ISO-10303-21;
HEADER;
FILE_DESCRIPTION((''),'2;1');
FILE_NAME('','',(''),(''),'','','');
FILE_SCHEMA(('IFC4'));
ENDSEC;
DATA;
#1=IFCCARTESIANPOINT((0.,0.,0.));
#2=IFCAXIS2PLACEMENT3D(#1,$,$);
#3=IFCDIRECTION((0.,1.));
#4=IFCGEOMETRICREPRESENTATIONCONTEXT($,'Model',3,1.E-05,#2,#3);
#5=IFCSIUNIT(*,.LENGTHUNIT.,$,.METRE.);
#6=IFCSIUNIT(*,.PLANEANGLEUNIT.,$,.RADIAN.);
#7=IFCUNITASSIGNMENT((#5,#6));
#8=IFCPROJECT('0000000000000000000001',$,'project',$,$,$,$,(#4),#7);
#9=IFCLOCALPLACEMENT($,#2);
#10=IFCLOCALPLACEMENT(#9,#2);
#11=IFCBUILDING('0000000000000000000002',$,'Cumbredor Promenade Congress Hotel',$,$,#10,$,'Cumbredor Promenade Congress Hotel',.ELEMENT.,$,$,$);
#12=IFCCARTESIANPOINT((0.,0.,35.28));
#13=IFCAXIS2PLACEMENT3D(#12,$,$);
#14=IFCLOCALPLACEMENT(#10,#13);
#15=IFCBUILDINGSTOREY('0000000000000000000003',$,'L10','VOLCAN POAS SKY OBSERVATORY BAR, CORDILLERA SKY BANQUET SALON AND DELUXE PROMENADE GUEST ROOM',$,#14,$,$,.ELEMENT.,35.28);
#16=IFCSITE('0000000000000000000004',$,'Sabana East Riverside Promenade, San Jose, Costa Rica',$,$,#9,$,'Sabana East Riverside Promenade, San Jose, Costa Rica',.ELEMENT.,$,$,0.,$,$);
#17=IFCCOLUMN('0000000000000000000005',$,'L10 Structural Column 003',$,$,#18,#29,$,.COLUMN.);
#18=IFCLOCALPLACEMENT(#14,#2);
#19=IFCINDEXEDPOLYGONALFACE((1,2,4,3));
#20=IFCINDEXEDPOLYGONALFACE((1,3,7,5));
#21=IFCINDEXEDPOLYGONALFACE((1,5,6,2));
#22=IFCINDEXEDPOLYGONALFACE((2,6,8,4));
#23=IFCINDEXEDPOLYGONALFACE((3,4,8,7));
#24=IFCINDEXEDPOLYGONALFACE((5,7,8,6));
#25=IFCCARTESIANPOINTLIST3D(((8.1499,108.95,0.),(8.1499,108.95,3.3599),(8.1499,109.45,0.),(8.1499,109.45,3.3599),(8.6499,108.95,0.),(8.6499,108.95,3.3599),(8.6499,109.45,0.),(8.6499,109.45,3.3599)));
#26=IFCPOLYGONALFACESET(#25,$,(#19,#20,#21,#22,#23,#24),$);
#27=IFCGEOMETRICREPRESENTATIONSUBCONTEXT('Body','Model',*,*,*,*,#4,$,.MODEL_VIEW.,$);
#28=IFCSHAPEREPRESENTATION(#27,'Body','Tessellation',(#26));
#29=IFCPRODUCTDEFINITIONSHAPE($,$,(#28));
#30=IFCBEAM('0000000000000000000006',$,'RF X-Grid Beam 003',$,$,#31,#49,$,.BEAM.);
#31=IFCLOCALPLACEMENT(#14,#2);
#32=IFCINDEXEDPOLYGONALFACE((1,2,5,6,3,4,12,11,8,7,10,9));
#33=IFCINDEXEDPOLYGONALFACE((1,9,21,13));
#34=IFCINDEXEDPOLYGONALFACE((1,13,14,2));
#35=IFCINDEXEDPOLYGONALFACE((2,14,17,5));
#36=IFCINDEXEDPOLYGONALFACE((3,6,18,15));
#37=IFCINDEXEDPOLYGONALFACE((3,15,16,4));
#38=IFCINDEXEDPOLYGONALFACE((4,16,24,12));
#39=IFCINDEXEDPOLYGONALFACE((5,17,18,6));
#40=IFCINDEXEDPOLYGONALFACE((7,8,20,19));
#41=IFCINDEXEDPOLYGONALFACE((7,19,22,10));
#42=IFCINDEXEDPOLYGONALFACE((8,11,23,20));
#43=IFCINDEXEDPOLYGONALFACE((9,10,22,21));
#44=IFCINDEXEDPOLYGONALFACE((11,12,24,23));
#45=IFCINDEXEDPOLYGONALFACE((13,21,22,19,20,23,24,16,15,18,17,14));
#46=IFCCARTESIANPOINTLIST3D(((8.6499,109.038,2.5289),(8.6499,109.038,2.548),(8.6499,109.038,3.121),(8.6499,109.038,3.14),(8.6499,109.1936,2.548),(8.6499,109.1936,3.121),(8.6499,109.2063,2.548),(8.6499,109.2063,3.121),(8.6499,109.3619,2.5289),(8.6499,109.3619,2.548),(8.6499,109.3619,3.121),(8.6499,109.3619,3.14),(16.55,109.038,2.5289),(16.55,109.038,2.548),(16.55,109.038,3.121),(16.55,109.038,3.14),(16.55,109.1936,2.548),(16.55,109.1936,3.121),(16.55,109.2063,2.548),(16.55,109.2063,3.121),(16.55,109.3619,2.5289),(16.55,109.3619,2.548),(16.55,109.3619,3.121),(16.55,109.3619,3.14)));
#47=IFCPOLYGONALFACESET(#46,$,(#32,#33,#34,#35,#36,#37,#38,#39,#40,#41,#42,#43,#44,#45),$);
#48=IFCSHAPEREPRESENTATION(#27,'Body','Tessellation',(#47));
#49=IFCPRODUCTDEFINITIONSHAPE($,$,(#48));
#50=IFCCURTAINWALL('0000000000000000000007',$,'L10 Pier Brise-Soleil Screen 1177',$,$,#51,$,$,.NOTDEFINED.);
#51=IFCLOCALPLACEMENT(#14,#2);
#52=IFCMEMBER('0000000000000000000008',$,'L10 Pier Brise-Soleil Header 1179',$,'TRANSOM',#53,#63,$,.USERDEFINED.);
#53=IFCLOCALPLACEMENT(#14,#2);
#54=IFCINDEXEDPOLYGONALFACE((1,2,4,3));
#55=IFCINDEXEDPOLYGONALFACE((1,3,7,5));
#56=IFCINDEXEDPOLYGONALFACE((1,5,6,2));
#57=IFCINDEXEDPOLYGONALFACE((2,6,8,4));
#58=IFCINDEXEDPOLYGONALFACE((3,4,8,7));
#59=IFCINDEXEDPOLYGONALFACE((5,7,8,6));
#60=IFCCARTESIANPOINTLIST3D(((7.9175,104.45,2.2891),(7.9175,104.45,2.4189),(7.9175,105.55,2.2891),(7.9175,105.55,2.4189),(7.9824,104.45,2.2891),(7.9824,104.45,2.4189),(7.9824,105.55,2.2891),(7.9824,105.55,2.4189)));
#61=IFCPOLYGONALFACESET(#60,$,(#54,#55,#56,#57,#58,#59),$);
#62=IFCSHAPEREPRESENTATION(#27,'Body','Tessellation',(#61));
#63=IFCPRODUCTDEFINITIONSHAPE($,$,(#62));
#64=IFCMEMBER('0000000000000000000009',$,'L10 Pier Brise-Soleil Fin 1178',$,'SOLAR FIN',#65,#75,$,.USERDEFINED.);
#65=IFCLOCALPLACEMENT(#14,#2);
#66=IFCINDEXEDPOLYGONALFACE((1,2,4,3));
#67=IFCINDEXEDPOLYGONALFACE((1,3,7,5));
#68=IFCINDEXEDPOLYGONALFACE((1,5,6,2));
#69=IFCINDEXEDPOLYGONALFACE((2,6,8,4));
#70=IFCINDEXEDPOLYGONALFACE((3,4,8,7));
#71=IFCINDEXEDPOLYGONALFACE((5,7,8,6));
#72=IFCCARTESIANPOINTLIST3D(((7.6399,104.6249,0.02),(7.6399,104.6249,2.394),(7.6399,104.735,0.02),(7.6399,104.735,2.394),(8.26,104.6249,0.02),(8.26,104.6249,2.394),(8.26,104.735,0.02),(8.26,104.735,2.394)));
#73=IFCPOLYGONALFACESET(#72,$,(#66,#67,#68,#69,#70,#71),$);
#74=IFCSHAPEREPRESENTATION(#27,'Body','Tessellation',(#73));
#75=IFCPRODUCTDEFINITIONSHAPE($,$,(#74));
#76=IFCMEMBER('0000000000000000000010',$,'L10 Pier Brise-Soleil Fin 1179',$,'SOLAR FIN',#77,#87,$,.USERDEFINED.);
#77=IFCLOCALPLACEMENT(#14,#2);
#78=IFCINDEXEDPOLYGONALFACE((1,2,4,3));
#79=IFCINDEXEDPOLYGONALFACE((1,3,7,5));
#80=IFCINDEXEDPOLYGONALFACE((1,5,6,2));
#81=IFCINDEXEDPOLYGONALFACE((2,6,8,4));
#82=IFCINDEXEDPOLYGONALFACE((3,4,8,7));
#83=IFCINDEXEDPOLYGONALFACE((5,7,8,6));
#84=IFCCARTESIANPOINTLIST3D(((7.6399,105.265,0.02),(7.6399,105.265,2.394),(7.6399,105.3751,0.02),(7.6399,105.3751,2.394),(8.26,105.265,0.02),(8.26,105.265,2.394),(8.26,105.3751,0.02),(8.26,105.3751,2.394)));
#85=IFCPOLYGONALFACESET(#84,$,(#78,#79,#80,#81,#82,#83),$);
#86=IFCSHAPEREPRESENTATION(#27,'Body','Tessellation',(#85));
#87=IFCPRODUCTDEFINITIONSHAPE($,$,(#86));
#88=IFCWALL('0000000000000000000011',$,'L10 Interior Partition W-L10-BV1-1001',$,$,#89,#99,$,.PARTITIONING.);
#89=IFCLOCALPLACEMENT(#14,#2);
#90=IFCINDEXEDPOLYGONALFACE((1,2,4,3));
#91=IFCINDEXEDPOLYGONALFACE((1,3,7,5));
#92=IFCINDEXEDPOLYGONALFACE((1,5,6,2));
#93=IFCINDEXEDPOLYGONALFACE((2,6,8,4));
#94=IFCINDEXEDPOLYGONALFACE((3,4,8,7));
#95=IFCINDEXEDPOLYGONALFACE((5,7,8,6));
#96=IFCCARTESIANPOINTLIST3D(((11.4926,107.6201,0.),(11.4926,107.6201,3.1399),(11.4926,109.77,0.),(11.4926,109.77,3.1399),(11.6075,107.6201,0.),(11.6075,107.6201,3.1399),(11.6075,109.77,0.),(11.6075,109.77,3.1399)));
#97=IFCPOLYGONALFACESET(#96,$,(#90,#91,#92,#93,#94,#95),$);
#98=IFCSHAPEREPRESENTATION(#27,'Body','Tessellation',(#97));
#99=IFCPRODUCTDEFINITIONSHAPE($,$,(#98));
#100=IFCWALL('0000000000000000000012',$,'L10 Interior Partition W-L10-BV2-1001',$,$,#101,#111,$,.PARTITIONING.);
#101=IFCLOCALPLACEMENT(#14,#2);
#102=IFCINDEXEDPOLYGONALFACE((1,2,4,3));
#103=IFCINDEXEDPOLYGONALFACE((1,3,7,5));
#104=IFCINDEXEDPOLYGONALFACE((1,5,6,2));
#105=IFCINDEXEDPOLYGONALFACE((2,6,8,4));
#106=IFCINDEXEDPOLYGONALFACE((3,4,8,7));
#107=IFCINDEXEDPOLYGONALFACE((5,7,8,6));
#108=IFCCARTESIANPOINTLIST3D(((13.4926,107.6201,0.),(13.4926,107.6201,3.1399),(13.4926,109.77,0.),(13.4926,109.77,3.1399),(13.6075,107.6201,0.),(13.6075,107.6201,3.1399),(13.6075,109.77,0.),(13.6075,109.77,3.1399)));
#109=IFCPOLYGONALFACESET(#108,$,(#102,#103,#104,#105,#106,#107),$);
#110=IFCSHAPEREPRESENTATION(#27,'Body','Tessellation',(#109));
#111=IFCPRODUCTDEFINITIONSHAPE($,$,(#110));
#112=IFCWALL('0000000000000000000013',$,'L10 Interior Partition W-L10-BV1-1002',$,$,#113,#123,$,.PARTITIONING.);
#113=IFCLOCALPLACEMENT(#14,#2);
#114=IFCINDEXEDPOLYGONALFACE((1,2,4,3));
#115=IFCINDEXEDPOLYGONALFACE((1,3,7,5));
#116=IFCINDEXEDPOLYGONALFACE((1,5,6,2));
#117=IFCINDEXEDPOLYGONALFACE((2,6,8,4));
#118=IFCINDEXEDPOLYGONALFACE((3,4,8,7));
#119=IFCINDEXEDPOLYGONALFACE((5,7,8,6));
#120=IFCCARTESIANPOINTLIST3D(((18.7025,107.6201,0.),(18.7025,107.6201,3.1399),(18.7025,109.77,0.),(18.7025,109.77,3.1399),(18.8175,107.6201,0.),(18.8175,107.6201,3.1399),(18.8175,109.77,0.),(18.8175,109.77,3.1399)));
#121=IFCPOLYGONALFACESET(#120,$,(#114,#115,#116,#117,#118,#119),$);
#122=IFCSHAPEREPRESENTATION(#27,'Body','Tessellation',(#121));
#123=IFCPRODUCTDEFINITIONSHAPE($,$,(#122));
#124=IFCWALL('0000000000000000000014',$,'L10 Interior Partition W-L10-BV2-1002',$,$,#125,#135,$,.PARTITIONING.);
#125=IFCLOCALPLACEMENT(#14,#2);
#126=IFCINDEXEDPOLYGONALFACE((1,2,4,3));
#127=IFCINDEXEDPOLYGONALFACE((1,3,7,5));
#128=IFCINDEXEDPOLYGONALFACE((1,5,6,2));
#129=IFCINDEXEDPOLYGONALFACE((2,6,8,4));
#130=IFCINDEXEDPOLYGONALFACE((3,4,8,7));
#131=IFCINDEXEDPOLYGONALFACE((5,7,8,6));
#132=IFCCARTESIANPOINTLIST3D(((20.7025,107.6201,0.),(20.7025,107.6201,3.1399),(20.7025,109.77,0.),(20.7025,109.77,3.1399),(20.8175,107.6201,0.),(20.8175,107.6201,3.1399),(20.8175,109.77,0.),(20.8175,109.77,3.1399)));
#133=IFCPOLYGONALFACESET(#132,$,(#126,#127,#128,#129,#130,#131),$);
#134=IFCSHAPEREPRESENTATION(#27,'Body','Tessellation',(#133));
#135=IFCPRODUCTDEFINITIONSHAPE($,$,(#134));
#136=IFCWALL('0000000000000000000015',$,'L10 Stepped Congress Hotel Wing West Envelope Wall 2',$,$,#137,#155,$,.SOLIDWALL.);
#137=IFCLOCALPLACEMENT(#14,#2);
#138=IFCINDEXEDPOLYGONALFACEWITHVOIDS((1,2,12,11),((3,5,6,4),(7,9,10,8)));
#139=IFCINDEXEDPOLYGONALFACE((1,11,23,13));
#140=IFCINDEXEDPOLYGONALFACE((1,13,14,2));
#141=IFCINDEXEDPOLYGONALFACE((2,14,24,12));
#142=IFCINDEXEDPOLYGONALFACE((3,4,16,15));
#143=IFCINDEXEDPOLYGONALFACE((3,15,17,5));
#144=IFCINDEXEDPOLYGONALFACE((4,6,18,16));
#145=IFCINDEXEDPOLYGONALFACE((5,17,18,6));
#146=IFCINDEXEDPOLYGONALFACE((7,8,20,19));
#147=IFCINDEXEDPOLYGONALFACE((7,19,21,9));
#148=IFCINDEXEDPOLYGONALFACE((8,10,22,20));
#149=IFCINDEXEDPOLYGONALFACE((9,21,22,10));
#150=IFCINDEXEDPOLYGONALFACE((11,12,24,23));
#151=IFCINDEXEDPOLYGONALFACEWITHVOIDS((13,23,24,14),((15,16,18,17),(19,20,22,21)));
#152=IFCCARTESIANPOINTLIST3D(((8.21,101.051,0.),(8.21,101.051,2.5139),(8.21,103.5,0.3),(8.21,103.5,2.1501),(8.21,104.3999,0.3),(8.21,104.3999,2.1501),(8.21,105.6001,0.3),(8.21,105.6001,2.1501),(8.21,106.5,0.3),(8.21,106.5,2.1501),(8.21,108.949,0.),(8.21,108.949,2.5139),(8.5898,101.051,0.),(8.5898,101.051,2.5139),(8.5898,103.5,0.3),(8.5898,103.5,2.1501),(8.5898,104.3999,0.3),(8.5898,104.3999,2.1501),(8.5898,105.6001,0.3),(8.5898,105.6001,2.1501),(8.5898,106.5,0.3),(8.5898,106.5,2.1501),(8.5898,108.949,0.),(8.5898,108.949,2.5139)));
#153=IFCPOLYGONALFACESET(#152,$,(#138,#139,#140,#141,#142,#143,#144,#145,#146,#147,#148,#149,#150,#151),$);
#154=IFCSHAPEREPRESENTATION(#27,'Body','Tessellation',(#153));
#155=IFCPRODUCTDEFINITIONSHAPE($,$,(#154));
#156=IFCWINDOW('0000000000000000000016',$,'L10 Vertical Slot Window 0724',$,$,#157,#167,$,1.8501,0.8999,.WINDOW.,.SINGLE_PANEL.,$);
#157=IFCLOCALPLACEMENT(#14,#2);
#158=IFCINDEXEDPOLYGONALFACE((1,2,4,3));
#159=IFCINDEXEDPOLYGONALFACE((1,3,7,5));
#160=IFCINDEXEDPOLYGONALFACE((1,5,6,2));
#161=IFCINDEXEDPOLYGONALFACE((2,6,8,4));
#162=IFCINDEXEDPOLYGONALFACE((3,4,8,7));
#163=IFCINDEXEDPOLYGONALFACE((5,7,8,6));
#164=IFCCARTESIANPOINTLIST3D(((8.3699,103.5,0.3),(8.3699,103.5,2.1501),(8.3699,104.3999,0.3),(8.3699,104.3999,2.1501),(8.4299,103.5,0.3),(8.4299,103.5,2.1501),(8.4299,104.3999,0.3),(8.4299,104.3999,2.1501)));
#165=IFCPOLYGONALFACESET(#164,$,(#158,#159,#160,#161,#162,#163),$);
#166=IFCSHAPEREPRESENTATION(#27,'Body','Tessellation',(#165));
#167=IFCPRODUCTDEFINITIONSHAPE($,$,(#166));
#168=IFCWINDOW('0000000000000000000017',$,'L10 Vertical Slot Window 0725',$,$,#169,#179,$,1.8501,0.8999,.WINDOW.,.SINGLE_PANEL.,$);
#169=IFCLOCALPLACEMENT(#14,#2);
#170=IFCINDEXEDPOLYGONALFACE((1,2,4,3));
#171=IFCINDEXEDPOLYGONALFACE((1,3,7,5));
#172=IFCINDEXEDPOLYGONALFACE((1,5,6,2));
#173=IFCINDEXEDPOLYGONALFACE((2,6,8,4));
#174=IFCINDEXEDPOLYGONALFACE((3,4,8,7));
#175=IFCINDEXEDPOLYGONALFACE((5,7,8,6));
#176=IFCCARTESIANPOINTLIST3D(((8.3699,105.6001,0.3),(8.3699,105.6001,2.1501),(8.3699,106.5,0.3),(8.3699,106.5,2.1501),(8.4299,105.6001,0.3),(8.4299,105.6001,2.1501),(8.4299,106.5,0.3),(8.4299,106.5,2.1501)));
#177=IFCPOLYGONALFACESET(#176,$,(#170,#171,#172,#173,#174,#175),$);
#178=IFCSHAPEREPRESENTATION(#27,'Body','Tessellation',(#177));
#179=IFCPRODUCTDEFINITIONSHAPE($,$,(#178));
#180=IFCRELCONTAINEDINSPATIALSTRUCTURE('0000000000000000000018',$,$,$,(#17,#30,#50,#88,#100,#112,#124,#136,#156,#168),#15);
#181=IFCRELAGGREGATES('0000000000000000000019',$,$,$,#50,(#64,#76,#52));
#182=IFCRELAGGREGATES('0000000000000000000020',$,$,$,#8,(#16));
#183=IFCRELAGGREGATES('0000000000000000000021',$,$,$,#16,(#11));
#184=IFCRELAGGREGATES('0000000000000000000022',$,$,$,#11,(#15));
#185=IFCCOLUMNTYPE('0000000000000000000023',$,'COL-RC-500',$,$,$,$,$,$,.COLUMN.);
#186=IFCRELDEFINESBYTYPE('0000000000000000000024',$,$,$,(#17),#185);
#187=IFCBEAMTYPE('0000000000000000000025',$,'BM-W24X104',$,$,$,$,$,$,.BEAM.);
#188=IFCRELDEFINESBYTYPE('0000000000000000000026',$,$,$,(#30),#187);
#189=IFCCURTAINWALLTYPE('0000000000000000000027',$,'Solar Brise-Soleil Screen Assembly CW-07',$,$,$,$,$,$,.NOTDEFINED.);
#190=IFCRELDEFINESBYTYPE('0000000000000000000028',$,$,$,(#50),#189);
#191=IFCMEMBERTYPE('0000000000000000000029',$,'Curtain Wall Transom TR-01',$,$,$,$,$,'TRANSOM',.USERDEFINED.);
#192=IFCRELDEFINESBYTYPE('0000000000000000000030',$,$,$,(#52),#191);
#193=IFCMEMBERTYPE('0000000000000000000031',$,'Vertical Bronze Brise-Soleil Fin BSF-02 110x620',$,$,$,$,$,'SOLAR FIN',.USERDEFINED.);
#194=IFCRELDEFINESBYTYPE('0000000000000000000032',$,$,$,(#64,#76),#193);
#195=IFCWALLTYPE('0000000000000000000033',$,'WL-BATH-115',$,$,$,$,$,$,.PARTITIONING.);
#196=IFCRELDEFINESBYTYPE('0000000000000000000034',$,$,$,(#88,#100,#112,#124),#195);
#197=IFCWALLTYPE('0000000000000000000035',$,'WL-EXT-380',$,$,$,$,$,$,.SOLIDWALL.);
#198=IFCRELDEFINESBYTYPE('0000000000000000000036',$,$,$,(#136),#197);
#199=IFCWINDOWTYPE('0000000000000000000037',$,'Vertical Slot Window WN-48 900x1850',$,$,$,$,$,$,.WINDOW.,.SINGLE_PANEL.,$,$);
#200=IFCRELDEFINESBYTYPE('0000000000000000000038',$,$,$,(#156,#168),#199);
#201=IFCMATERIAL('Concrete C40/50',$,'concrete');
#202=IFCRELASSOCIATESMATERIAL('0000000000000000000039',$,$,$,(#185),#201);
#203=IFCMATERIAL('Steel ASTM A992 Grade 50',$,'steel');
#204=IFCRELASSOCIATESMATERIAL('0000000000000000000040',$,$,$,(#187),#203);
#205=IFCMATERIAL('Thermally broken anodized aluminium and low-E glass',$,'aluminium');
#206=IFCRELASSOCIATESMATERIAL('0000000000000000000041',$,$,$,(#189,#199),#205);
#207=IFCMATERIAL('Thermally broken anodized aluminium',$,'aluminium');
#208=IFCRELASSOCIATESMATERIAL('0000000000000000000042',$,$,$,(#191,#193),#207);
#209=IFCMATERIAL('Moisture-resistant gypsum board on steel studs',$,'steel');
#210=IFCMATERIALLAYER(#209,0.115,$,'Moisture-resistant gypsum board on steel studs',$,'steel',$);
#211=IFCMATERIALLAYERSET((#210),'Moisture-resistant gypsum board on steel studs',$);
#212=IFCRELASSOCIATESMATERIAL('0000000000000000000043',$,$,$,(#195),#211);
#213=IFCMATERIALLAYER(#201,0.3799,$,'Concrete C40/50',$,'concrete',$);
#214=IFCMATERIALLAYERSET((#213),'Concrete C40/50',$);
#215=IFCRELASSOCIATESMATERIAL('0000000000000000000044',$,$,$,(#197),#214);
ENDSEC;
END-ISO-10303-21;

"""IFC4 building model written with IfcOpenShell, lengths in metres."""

from ifc_helpers import new_model, si_unit, direction, frame, frame_2d, origin, origin_2d, place, context, subcontext, project, spatial, rectangle, i_section, extrude, material, layer, layer_set, material_profile, profile_set, type_object, element, fill, aggregate, save


model = new_model("IFC4")

# Units and contexts
model_context = context("Model", 3, precision=1e-05, world=origin(), true_north=direction((0.0, 1.0)))
body_context = subcontext(model_context, "Body", "Model", "MODEL_VIEW")
ifc_project = project(units=[si_unit("LENGTHUNIT", "METRE"), si_unit("PLANEANGLEUNIT", "RADIAN")], contexts=[model_context])

# Site, building, storey
site_placement = place(None, origin())
site = spatial("IfcSite", under=ifc_project, at=site_placement, Name="Sabana East Riverside Promenade, San Jose, Costa Rica", LongName="Sabana East Riverside Promenade, San Jose, Costa Rica", CompositionType="ELEMENT", RefElevation=0.0)
building_placement = place(site_placement, origin())
building = spatial("IfcBuilding", under=site, at=building_placement, Name="Cumbredor Promenade Congress Hotel", LongName="Cumbredor Promenade Congress Hotel", CompositionType="ELEMENT")
storey_placement = place(building_placement, frame((0.0, 0.0, 35.28)))
storey = spatial("IfcBuildingStorey", under=building, at=storey_placement, Name="L10", Description="VOLCAN POAS SKY OBSERVATORY BAR, CORDILLERA SKY BANQUET SALON AND DELUXE PROMENADE GUEST ROOM", CompositionType="ELEMENT", Elevation=35.28)

# Column
ifc_material_1 = material(Name="Concrete C40/50", Category="concrete")
ifc_material_profile_1 = material_profile(ifc_material_1, rectangle(XDim=0.5, YDim=0.5, at=origin_2d()), Name="RC 500x500")
ifc_profile_set_1 = profile_set([ifc_material_profile_1], Name="Concrete C40/50")
column_type = type_object("IfcColumnType", Name="COL-RC-500", PredefinedType="COLUMN", material=ifc_profile_set_1)
column_placement = place(storey_placement, frame((8.3999, 109.2, 0.0), z_axis=(0.0, 0.0, 1.0), x_axis=(1.0, 0.0, 0.0)))
element("IfcColumn", 1, at=column_placement, inside=storey, type_object=column_type, Name="L10 Structural Column 003", PredefinedType="COLUMN", context=body_context, shape_type="SweptSolid", body=[
    extrude(rectangle(XDim=0.5, YDim=0.5, at=origin_2d()), origin(), (0.0, 0.0, 1.0), 3.3599),
])

# Beam
ifc_material_2 = material(Name="Steel ASTM A992 Grade 50", Category="steel")
ifc_material_profile_2 = material_profile(ifc_material_2, i_section(OverallWidth=0.324, OverallDepth=0.6111, WebThickness=0.0127, FlangeThickness=0.019, at=origin_2d()), Name="W24X104")
ifc_profile_set_2 = profile_set([ifc_material_profile_2], Name="Steel ASTM A992 Grade 50")
beam_type = type_object("IfcBeamType", Name="BM-W24X104", PredefinedType="BEAM", material=ifc_profile_set_2)
beam_placement = place(storey_placement, frame((8.6499, 109.2, 2.8345), z_axis=(1.0, 0.0, 0.0), x_axis=(0.0, 1.0, 0.0)))
element("IfcBeam", 2, at=beam_placement, inside=storey, type_object=beam_type, Name="RF X-Grid Beam 003", PredefinedType="BEAM", context=body_context, shape_type="SweptSolid", body=[
    extrude(i_section(OverallWidth=0.324, OverallDepth=0.6111, WebThickness=0.0127, FlangeThickness=0.019, at=origin_2d()), origin(), (0.0, 0.0, 1.0), 7.9001),
])

# Curtain wall, members
ifc_material_3 = material(Name="Thermally broken anodized aluminium and low-E glass", Category="aluminium")
curtain_wall_type = type_object("IfcCurtainWallType", Name="Solar Brise-Soleil Screen Assembly CW-07", PredefinedType="NOTDEFINED", material=ifc_material_3)
curtain_wall_placement = place(storey_placement, origin())
curtain_wall = element("IfcCurtainWall", 3, at=curtain_wall_placement, inside=storey, type_object=curtain_wall_type, Name="L10 Pier Brise-Soleil Screen 1177", PredefinedType="NOTDEFINED")
ifc_material_4 = material(Name="Thermally broken anodized aluminium", Category="aluminium")
ifc_material_profile_3 = material_profile(ifc_material_4, rectangle(XDim=0.0649, YDim=0.1299, at=origin_2d()), Name="ALU TRANSOM 65x130")
ifc_profile_set_3 = profile_set([ifc_material_profile_3], Name="Thermally broken anodized aluminium")
member_type_1 = type_object("IfcMemberType", Name="Curtain Wall Transom TR-01", ElementType="TRANSOM", PredefinedType="USERDEFINED", material=ifc_profile_set_3)
member_1_placement = place(storey_placement, frame((7.95, 104.45, 2.354), z_axis=(0.0, 1.0, 0.0), x_axis=(-1.0, 0.0, 0.0)))
member_1 = element("IfcMember", 4, at=member_1_placement, type_object=member_type_1, Name="L10 Pier Brise-Soleil Header 1179", ObjectType="TRANSOM", PredefinedType="USERDEFINED", context=body_context, shape_type="SweptSolid", body=[
    extrude(rectangle(XDim=0.0649, YDim=0.1299, at=origin_2d()), origin(), (0.0, 0.0, 1.0), 1.1001),
])
ifc_material_profile_4 = material_profile(ifc_material_4, rectangle(XDim=0.1101, YDim=0.6201, at=origin_2d()), Name="ARCH FIN 110x620")
ifc_profile_set_4 = profile_set([ifc_material_profile_4], Name="Thermally broken anodized aluminium")
member_type_2 = type_object("IfcMemberType", Name="Vertical Bronze Brise-Soleil Fin BSF-02 110x620", ElementType="SOLAR FIN", PredefinedType="USERDEFINED", material=ifc_profile_set_4)
member_2_placement = place(storey_placement, frame((7.95, 104.6799, 0.02), z_axis=(0.0, 0.0, 1.0), x_axis=(0.0, 1.0, 0.0)))
member_2 = element("IfcMember", 5, at=member_2_placement, type_object=member_type_2, Name="L10 Pier Brise-Soleil Fin 1178", ObjectType="SOLAR FIN", PredefinedType="USERDEFINED", context=body_context, shape_type="SweptSolid", body=[
    extrude(rectangle(XDim=0.1101, YDim=0.6201, at=origin_2d()), origin(), (0.0, 0.0, 1.0), 2.374),
])
member_3_placement = place(storey_placement, frame((7.95, 105.3201, 0.02), z_axis=(0.0, 0.0, 1.0), x_axis=(0.0, 1.0, 0.0)))
member_3 = element("IfcMember", 6, at=member_3_placement, type_object=member_type_2, Name="L10 Pier Brise-Soleil Fin 1179", ObjectType="SOLAR FIN", PredefinedType="USERDEFINED", context=body_context, shape_type="SweptSolid", body=[
    extrude(rectangle(XDim=0.1101, YDim=0.6201, at=origin_2d()), origin(), (0.0, 0.0, 1.0), 2.374),
])
aggregate(curtain_wall, [member_2, member_3, member_1])

# Walls
ifc_material_5 = material(Name="Moisture-resistant gypsum board on steel studs", Category="steel")
ifc_layer_1 = layer(ifc_material_5, 0.115, Name="Moisture-resistant gypsum board on steel studs", Category="steel")
ifc_layer_set_1 = layer_set([ifc_layer_1], Name="Moisture-resistant gypsum board on steel studs")
wall_type_1 = type_object("IfcWallType", Name="WL-BATH-115", PredefinedType="PARTITIONING", material=ifc_layer_set_1)
for number, where, z_axis, x_axis, name in (
    (7, (11.55, 107.6201, 0.0), (0.0, 0.0, 1.0), (0.0, 1.0, 0.0), "L10 Interior Partition W-L10-BV1-1001"),
    (8, (13.55, 107.6201, 0.0), (0.0, 0.0, 1.0), (0.0, 1.0, 0.0), "L10 Interior Partition W-L10-BV2-1001"),
    (9, (18.76, 107.6201, 0.0), (0.0, 0.0, 1.0), (0.0, 1.0, 0.0), "L10 Interior Partition W-L10-BV1-1002"),
    (10, (20.76, 107.6201, 0.0), (0.0, 0.0, 1.0), (0.0, 1.0, 0.0), "L10 Interior Partition W-L10-BV2-1002"),
):
    element("IfcWall", number, at=place(storey_placement, frame(where, z_axis=z_axis, x_axis=x_axis)), inside=storey, type_object=wall_type_1, Name=name, PredefinedType="PARTITIONING", context=body_context, shape_type="SweptSolid", body=[
        extrude(rectangle(XDim=2.1499, YDim=0.115, at=frame_2d((1.075, 0.0))), origin(), (0.0, 0.0, 1.0), 3.1399),
    ])

# Wall, openings, windows
ifc_layer_2 = layer(ifc_material_1, 0.3799, Name="Concrete C40/50", Category="concrete")
ifc_layer_set_2 = layer_set([ifc_layer_2], Name="Concrete C40/50")
wall_type_2 = type_object("IfcWallType", Name="WL-EXT-380", PredefinedType="SOLIDWALL", material=ifc_layer_set_2)
wall_1_placement = place(storey_placement, frame((8.3999, 101.051, 0.0), z_axis=(0.0, 0.0, 1.0), x_axis=(0.0, 1.0, 0.0)))
wall_1 = element("IfcWall", 11, at=wall_1_placement, inside=storey, type_object=wall_type_2, Name="L10 Stepped Congress Hotel Wing West Envelope Wall 2", PredefinedType="SOLIDWALL", context=body_context, shape_type="SweptSolid", body=[
    extrude(rectangle(XDim=7.8979, YDim=0.3799, at=frame_2d((3.949, 0.0))), origin(), (0.0, 0.0, 1.0), 2.5139),
])
opening_1_placement = place(wall_1_placement, frame((2.449, 0.0, 0.3)))
opening_1 = element("IfcOpeningElement", 12, at=opening_1_placement, cuts=wall_1, PredefinedType="OPENING", context=body_context, shape_type="SweptSolid", body=[
    extrude(rectangle(XDim=0.8999, YDim=1.8501, at=frame_2d((0.45, 0.925))), frame((0.0, 0.2, 0.0), z_axis=(0.0, -1.0, 0.0), x_axis=(1.0, 0.0, 0.0)), (0.0, 0.0, 1.0), 0.3999),
])
opening_2_placement = place(wall_1_placement, frame((4.5491, 0.0, 0.3)))
opening_2 = element("IfcOpeningElement", 13, at=opening_2_placement, cuts=wall_1, PredefinedType="OPENING", context=body_context, shape_type="SweptSolid", body=[
    extrude(rectangle(XDim=0.8999, YDim=1.8501, at=frame_2d((0.45, 0.925))), frame((0.0, 0.2, 0.0), z_axis=(0.0, -1.0, 0.0), x_axis=(1.0, 0.0, 0.0)), (0.0, 0.0, 1.0), 0.3999),
])
window_type = type_object("IfcWindowType", Name="Vertical Slot Window WN-48 900x1850", PartitioningType="SINGLE_PANEL", PredefinedType="WINDOW", material=ifc_material_3)
window_1_placement = place(opening_1_placement, origin())
window_1 = element("IfcWindow", 14, at=window_1_placement, inside=storey, type_object=window_type, Name="L10 Vertical Slot Window 0724", OverallHeight=1.8501, OverallWidth=0.8999, PartitioningType="SINGLE_PANEL", PredefinedType="WINDOW", context=body_context, shape_type="SweptSolid", body=[
    extrude(rectangle(XDim=0.8999, YDim=1.8501, at=frame_2d((0.45, 0.925))), frame((0.0, 0.03, 0.0), z_axis=(0.0, -1.0, 0.0), x_axis=(1.0, 0.0, 0.0)), (0.0, 0.0, 1.0), 0.0601),
])
fill(opening_1, window_1)
window_2_placement = place(opening_2_placement, origin())
window_2 = element("IfcWindow", 15, at=window_2_placement, inside=storey, type_object=window_type, Name="L10 Vertical Slot Window 0725", OverallHeight=1.8501, OverallWidth=0.8999, PartitioningType="SINGLE_PANEL", PredefinedType="WINDOW", context=body_context, shape_type="SweptSolid", body=[
    extrude(rectangle(XDim=0.8999, YDim=1.8501, at=frame_2d((0.45, 0.925))), frame((0.0, 0.03, 0.0), z_axis=(0.0, -1.0, 0.0), x_axis=(1.0, 0.0, 0.0)), (0.0, 0.0, 1.0), 0.0601),
])
fill(opening_2, window_2)

save(model, "model.ifc")
